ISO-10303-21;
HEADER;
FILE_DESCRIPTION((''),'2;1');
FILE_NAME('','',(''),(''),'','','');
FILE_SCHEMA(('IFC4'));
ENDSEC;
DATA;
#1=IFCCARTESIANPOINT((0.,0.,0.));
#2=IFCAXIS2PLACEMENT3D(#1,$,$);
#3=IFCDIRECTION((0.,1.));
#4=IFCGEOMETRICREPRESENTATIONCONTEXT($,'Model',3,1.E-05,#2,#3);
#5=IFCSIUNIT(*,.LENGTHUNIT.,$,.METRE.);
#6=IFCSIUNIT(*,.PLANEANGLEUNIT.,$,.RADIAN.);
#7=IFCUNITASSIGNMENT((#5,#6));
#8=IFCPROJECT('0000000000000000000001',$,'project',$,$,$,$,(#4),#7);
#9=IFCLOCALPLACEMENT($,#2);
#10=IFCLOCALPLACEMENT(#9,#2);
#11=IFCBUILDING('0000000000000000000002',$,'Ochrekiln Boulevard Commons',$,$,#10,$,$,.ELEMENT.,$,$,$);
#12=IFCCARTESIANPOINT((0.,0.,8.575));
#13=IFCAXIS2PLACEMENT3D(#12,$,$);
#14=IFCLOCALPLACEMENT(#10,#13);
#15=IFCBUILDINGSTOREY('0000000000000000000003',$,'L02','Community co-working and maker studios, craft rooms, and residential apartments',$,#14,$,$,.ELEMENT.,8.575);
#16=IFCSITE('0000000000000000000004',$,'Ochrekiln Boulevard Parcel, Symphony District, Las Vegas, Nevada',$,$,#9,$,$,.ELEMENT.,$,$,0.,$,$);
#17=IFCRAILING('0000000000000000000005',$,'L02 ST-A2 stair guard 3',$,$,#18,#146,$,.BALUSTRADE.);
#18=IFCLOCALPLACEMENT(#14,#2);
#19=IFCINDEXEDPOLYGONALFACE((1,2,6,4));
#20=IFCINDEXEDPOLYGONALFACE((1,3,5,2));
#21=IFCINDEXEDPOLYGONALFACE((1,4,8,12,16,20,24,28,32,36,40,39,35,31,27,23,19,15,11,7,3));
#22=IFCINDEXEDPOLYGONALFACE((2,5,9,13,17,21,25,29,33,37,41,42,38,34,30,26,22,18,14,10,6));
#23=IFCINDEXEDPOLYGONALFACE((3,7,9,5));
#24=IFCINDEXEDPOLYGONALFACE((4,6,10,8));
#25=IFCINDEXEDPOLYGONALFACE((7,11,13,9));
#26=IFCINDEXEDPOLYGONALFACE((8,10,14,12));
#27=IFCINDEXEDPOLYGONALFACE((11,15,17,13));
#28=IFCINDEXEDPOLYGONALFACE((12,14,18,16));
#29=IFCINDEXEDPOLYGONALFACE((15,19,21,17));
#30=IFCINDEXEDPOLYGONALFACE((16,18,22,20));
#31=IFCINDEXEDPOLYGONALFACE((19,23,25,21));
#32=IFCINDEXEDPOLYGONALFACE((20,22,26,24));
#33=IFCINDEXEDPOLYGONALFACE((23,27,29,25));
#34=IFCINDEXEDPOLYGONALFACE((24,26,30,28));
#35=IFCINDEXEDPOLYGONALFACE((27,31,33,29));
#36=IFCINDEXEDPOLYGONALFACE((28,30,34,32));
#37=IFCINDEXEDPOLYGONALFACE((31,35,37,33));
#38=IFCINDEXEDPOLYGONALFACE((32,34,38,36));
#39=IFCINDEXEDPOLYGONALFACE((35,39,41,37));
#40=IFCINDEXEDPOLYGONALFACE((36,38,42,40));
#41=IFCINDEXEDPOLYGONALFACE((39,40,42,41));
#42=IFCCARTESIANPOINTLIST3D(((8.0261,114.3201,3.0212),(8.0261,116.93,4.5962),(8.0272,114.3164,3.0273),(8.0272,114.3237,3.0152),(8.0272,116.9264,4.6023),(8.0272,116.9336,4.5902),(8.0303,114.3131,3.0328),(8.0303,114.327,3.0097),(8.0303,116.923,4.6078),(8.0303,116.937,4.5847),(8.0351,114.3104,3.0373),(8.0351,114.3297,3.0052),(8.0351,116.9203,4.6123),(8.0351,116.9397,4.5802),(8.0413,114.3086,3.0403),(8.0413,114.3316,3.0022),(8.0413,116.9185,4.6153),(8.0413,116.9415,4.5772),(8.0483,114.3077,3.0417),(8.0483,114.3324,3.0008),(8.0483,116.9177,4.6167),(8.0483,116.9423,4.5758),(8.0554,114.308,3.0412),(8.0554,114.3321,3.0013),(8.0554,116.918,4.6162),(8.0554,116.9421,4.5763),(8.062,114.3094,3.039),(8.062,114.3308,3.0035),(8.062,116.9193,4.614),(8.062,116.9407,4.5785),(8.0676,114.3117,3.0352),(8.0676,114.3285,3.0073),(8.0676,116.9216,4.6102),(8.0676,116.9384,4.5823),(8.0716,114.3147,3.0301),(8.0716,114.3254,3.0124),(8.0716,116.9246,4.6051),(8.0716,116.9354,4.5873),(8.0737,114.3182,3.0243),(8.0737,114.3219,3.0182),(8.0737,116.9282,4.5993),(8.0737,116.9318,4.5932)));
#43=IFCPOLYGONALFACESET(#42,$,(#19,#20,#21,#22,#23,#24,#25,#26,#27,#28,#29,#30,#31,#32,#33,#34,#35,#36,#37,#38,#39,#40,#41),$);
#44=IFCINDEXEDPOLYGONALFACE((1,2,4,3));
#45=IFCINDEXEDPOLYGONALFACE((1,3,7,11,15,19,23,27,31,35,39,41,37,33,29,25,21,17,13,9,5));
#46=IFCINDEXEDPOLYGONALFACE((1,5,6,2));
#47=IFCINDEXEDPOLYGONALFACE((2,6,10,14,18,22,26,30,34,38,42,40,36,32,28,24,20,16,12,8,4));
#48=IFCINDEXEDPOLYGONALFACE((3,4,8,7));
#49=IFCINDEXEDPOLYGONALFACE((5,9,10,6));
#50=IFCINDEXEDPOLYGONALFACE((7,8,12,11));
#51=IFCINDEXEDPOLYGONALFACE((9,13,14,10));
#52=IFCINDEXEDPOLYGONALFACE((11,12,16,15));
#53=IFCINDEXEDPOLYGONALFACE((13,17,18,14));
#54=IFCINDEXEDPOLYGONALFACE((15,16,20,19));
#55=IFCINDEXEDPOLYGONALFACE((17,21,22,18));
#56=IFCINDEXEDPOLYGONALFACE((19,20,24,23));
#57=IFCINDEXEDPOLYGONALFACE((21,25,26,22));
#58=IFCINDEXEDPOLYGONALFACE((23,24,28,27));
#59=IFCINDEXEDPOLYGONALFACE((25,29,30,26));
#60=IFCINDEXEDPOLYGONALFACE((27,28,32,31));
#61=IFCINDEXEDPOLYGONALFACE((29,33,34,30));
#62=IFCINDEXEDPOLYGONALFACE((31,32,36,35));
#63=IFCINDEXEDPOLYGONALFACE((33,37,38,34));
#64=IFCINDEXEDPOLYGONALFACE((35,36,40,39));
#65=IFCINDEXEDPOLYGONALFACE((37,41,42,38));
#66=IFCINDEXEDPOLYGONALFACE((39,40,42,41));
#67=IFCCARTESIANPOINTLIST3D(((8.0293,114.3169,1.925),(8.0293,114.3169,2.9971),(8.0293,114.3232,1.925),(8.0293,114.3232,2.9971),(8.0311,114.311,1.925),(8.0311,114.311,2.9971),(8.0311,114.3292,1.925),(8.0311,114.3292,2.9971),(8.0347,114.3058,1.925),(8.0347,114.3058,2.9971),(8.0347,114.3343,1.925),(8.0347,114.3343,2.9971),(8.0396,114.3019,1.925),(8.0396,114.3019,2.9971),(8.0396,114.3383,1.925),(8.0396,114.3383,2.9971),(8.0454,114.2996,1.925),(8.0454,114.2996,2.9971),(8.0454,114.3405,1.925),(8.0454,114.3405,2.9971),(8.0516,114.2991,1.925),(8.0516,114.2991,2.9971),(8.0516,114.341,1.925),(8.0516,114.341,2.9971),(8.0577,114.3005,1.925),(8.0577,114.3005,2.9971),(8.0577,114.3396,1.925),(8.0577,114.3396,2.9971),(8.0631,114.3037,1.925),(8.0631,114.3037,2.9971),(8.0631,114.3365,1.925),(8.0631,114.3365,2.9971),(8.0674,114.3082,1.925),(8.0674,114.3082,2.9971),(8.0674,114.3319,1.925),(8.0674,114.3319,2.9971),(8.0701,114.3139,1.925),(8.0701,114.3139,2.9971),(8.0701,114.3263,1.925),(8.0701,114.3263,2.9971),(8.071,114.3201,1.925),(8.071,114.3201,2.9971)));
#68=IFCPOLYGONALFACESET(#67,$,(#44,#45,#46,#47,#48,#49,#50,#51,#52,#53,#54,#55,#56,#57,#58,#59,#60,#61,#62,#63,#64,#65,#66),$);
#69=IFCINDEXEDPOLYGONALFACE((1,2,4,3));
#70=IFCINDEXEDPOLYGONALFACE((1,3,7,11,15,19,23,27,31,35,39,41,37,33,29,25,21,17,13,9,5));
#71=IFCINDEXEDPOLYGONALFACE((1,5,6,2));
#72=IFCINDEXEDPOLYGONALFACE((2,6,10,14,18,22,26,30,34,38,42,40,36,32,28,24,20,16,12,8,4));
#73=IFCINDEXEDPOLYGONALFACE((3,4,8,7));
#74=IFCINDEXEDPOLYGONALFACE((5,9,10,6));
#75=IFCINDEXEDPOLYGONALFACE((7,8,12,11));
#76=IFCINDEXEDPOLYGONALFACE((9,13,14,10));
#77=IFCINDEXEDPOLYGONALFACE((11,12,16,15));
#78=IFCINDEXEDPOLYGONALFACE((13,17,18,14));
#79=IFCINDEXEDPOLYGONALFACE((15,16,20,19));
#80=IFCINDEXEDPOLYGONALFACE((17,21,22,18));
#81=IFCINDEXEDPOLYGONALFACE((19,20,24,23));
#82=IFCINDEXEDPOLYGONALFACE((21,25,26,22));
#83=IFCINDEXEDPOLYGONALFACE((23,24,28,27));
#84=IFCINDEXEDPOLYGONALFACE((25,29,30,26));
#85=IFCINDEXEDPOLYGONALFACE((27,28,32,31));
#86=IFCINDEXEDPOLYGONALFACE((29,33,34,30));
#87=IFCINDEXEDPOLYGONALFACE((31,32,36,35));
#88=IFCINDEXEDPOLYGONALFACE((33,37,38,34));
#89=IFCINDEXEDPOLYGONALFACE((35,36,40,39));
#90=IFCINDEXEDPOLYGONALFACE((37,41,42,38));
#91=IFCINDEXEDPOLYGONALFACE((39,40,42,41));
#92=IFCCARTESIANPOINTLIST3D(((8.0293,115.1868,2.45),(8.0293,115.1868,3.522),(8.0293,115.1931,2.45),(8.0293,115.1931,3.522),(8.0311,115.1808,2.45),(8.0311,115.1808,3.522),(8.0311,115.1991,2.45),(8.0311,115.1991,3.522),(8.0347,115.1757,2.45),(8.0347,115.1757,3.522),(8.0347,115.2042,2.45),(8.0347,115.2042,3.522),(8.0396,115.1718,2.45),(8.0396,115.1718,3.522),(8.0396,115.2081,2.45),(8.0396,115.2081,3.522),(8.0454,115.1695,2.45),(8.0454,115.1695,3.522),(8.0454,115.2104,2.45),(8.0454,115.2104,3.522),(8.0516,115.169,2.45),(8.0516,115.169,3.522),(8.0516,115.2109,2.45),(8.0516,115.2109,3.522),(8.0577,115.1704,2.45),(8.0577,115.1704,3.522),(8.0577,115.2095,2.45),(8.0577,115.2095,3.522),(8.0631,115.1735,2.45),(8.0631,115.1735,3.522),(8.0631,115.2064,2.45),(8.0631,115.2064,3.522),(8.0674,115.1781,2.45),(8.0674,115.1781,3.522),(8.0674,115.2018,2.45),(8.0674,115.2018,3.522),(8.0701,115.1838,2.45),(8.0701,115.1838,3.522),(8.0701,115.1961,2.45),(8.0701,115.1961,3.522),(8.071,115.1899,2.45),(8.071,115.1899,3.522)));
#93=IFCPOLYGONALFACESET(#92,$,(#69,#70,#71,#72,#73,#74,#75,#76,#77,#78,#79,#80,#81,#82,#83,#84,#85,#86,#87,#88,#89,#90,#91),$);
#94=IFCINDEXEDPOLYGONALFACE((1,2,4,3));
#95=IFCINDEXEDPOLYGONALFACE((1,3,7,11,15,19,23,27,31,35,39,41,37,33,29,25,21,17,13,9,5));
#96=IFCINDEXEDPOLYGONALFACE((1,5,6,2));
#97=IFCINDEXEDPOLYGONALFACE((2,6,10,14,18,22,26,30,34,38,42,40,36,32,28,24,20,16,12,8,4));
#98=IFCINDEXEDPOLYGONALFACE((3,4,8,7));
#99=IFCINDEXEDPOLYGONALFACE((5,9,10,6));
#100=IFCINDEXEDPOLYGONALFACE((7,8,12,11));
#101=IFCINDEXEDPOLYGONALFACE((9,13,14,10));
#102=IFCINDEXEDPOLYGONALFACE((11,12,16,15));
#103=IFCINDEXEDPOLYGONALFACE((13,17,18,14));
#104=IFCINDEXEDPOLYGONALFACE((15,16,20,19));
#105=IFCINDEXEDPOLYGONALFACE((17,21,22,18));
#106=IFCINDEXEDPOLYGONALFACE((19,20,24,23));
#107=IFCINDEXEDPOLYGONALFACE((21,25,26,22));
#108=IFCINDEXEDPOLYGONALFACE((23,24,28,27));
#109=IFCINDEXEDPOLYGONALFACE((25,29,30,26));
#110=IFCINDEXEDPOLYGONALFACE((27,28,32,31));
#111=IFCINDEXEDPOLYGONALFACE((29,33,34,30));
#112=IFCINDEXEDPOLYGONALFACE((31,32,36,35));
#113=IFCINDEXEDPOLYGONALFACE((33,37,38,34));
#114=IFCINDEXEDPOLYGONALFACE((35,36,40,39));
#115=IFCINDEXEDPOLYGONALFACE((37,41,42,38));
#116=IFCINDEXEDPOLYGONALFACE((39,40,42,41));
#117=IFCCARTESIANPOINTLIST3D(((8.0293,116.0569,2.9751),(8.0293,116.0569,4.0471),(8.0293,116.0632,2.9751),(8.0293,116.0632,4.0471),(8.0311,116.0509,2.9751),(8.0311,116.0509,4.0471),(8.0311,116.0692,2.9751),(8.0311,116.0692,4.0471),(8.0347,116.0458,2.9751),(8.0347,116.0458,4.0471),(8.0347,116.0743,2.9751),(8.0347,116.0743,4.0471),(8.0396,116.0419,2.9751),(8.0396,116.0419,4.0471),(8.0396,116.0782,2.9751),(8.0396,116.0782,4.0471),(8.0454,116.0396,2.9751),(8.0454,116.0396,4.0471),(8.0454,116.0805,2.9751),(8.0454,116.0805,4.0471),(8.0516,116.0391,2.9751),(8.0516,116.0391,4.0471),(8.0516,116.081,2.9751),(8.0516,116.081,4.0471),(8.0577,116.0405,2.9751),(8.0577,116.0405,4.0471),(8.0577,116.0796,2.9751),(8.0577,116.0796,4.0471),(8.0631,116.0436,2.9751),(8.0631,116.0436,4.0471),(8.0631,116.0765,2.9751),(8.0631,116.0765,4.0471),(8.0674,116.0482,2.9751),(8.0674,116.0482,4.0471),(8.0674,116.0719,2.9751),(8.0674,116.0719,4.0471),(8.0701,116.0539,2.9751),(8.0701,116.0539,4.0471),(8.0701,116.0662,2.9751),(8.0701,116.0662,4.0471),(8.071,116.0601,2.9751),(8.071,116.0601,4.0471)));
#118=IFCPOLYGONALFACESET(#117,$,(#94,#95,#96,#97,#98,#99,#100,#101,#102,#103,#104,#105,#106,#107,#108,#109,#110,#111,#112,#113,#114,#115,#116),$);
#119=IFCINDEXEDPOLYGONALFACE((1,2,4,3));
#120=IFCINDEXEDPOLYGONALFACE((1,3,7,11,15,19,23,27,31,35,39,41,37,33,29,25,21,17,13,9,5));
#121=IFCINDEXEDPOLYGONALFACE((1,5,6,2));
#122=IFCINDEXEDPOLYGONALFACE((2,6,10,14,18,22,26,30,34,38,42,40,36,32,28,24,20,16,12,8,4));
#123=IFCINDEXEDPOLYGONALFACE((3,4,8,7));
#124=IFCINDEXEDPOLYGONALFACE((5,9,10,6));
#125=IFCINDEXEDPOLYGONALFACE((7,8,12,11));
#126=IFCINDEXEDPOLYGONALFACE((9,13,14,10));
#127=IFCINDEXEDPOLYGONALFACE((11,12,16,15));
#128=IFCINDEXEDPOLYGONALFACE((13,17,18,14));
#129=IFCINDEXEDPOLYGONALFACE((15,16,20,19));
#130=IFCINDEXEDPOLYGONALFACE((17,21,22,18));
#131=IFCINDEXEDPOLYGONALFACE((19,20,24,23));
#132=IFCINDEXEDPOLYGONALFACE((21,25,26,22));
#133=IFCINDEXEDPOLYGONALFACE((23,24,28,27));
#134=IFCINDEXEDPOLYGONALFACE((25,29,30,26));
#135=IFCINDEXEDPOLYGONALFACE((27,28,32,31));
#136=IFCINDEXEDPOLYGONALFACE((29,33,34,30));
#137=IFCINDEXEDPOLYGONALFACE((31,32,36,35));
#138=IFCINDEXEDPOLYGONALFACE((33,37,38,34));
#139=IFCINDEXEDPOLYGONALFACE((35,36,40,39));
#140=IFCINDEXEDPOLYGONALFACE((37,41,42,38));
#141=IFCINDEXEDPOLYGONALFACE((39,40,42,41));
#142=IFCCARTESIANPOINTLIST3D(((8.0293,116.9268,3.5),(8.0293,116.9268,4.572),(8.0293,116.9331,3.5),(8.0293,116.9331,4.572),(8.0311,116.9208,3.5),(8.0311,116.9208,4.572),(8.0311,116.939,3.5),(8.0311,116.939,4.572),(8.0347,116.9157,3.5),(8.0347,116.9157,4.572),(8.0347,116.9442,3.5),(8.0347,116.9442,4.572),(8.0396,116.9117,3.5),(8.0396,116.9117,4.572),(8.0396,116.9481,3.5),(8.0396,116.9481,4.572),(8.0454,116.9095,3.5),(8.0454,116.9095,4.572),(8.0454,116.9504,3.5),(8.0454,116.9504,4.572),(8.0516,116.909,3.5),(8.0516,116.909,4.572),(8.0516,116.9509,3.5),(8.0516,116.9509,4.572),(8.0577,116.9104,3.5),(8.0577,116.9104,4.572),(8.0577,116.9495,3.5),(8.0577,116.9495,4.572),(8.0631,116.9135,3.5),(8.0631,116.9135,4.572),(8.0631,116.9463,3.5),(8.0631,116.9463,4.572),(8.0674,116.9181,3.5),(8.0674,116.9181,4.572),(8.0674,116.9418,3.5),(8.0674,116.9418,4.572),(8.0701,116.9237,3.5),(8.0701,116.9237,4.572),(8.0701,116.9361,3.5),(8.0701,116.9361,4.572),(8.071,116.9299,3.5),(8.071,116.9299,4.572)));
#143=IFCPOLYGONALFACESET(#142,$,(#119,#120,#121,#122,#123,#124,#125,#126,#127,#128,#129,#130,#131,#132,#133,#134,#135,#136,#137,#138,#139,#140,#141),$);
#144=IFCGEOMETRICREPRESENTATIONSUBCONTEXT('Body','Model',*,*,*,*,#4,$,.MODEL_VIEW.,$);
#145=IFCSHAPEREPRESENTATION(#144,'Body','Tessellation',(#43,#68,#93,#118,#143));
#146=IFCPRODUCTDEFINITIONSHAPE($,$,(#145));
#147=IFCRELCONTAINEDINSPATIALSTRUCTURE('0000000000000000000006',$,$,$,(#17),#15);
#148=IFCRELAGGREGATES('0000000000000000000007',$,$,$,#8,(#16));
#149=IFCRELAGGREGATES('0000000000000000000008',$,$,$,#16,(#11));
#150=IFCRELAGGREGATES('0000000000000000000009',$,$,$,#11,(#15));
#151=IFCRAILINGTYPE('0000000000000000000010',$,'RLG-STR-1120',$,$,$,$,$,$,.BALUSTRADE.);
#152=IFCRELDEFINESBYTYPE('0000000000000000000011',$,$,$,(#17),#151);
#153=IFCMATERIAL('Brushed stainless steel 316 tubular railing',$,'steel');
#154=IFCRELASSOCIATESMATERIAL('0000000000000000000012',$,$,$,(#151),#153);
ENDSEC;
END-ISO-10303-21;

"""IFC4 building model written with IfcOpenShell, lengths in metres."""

from ifc_helpers import new_model, si_unit, direction, frame, origin, origin_2d, place, context, subcontext, project, spatial, circle, extrude, material, type_object, element, save


model = new_model("IFC4")

# Units and contexts
model_context = context("Model", 3, precision=1e-05, world=origin(), true_north=direction((0.0, 1.0)))
body_context = subcontext(model_context, "Body", "Model", "MODEL_VIEW")
ifc_project = project(units=[si_unit("LENGTHUNIT", "METRE"), si_unit("PLANEANGLEUNIT", "RADIAN")], contexts=[model_context])

# Site, building, storey
site_placement = place(None, origin())
site = spatial("IfcSite", under=ifc_project, at=site_placement, Name="Ochrekiln Boulevard Parcel, Symphony District, Las Vegas, Nevada", CompositionType="ELEMENT", RefElevation=0.0)
building_placement = place(site_placement, origin())
building = spatial("IfcBuilding", under=site, at=building_placement, Name="Ochrekiln Boulevard Commons", CompositionType="ELEMENT")
storey_placement = place(building_placement, frame((0.0, 0.0, 8.575)))
storey = spatial("IfcBuildingStorey", under=building, at=storey_placement, Name="L02", Description="Community co-working and maker studios, craft rooms, and residential apartments", CompositionType="ELEMENT", Elevation=8.575)

# Railing
ifc_material_1 = material(Name="Brushed stainless steel 316 tubular railing", Category="steel")
railing_type_1 = type_object("IfcRailingType", Name="RLG-STR-1120", PredefinedType="BALUSTRADE", material=ifc_material_1)
railing_1_placement = place(storey_placement, frame((8.05, 114.3201, 1.925)))
element("IfcRailing", 1, at=railing_1_placement, inside=storey, type_object=railing_type_1, Name="L02 ST-A2 stair guard 3", PredefinedType="BALUSTRADE", context=body_context, shape_type="SweptSolid", body=[
    extrude(circle(Radius=0.0239, at=origin_2d()), frame((0.0, 0.0, 1.0962), z_axis=(0.0, 0.856183, 0.516673), x_axis=(-1.0, 0.0, 0.0)), (0.0, 0.0, 1.0), 3.0483),
    extrude(circle(Radius=0.021, at=origin_2d()), origin(), (0.0, 0.0, 1.0), 1.072),
    extrude(circle(Radius=0.021, at=origin_2d()), frame((0.0, 0.8699, 0.5249)), (0.0, 0.0, 1.0), 1.072),
    extrude(circle(Radius=0.021, at=origin_2d()), frame((0.0, 1.74, 1.05)), (0.0, 0.0, 1.0), 1.072),
    extrude(circle(Radius=0.021, at=origin_2d()), frame((0.0, 2.6099, 1.575)), (0.0, 0.0, 1.0), 1.072),
])

save(model, "model.ifc")
